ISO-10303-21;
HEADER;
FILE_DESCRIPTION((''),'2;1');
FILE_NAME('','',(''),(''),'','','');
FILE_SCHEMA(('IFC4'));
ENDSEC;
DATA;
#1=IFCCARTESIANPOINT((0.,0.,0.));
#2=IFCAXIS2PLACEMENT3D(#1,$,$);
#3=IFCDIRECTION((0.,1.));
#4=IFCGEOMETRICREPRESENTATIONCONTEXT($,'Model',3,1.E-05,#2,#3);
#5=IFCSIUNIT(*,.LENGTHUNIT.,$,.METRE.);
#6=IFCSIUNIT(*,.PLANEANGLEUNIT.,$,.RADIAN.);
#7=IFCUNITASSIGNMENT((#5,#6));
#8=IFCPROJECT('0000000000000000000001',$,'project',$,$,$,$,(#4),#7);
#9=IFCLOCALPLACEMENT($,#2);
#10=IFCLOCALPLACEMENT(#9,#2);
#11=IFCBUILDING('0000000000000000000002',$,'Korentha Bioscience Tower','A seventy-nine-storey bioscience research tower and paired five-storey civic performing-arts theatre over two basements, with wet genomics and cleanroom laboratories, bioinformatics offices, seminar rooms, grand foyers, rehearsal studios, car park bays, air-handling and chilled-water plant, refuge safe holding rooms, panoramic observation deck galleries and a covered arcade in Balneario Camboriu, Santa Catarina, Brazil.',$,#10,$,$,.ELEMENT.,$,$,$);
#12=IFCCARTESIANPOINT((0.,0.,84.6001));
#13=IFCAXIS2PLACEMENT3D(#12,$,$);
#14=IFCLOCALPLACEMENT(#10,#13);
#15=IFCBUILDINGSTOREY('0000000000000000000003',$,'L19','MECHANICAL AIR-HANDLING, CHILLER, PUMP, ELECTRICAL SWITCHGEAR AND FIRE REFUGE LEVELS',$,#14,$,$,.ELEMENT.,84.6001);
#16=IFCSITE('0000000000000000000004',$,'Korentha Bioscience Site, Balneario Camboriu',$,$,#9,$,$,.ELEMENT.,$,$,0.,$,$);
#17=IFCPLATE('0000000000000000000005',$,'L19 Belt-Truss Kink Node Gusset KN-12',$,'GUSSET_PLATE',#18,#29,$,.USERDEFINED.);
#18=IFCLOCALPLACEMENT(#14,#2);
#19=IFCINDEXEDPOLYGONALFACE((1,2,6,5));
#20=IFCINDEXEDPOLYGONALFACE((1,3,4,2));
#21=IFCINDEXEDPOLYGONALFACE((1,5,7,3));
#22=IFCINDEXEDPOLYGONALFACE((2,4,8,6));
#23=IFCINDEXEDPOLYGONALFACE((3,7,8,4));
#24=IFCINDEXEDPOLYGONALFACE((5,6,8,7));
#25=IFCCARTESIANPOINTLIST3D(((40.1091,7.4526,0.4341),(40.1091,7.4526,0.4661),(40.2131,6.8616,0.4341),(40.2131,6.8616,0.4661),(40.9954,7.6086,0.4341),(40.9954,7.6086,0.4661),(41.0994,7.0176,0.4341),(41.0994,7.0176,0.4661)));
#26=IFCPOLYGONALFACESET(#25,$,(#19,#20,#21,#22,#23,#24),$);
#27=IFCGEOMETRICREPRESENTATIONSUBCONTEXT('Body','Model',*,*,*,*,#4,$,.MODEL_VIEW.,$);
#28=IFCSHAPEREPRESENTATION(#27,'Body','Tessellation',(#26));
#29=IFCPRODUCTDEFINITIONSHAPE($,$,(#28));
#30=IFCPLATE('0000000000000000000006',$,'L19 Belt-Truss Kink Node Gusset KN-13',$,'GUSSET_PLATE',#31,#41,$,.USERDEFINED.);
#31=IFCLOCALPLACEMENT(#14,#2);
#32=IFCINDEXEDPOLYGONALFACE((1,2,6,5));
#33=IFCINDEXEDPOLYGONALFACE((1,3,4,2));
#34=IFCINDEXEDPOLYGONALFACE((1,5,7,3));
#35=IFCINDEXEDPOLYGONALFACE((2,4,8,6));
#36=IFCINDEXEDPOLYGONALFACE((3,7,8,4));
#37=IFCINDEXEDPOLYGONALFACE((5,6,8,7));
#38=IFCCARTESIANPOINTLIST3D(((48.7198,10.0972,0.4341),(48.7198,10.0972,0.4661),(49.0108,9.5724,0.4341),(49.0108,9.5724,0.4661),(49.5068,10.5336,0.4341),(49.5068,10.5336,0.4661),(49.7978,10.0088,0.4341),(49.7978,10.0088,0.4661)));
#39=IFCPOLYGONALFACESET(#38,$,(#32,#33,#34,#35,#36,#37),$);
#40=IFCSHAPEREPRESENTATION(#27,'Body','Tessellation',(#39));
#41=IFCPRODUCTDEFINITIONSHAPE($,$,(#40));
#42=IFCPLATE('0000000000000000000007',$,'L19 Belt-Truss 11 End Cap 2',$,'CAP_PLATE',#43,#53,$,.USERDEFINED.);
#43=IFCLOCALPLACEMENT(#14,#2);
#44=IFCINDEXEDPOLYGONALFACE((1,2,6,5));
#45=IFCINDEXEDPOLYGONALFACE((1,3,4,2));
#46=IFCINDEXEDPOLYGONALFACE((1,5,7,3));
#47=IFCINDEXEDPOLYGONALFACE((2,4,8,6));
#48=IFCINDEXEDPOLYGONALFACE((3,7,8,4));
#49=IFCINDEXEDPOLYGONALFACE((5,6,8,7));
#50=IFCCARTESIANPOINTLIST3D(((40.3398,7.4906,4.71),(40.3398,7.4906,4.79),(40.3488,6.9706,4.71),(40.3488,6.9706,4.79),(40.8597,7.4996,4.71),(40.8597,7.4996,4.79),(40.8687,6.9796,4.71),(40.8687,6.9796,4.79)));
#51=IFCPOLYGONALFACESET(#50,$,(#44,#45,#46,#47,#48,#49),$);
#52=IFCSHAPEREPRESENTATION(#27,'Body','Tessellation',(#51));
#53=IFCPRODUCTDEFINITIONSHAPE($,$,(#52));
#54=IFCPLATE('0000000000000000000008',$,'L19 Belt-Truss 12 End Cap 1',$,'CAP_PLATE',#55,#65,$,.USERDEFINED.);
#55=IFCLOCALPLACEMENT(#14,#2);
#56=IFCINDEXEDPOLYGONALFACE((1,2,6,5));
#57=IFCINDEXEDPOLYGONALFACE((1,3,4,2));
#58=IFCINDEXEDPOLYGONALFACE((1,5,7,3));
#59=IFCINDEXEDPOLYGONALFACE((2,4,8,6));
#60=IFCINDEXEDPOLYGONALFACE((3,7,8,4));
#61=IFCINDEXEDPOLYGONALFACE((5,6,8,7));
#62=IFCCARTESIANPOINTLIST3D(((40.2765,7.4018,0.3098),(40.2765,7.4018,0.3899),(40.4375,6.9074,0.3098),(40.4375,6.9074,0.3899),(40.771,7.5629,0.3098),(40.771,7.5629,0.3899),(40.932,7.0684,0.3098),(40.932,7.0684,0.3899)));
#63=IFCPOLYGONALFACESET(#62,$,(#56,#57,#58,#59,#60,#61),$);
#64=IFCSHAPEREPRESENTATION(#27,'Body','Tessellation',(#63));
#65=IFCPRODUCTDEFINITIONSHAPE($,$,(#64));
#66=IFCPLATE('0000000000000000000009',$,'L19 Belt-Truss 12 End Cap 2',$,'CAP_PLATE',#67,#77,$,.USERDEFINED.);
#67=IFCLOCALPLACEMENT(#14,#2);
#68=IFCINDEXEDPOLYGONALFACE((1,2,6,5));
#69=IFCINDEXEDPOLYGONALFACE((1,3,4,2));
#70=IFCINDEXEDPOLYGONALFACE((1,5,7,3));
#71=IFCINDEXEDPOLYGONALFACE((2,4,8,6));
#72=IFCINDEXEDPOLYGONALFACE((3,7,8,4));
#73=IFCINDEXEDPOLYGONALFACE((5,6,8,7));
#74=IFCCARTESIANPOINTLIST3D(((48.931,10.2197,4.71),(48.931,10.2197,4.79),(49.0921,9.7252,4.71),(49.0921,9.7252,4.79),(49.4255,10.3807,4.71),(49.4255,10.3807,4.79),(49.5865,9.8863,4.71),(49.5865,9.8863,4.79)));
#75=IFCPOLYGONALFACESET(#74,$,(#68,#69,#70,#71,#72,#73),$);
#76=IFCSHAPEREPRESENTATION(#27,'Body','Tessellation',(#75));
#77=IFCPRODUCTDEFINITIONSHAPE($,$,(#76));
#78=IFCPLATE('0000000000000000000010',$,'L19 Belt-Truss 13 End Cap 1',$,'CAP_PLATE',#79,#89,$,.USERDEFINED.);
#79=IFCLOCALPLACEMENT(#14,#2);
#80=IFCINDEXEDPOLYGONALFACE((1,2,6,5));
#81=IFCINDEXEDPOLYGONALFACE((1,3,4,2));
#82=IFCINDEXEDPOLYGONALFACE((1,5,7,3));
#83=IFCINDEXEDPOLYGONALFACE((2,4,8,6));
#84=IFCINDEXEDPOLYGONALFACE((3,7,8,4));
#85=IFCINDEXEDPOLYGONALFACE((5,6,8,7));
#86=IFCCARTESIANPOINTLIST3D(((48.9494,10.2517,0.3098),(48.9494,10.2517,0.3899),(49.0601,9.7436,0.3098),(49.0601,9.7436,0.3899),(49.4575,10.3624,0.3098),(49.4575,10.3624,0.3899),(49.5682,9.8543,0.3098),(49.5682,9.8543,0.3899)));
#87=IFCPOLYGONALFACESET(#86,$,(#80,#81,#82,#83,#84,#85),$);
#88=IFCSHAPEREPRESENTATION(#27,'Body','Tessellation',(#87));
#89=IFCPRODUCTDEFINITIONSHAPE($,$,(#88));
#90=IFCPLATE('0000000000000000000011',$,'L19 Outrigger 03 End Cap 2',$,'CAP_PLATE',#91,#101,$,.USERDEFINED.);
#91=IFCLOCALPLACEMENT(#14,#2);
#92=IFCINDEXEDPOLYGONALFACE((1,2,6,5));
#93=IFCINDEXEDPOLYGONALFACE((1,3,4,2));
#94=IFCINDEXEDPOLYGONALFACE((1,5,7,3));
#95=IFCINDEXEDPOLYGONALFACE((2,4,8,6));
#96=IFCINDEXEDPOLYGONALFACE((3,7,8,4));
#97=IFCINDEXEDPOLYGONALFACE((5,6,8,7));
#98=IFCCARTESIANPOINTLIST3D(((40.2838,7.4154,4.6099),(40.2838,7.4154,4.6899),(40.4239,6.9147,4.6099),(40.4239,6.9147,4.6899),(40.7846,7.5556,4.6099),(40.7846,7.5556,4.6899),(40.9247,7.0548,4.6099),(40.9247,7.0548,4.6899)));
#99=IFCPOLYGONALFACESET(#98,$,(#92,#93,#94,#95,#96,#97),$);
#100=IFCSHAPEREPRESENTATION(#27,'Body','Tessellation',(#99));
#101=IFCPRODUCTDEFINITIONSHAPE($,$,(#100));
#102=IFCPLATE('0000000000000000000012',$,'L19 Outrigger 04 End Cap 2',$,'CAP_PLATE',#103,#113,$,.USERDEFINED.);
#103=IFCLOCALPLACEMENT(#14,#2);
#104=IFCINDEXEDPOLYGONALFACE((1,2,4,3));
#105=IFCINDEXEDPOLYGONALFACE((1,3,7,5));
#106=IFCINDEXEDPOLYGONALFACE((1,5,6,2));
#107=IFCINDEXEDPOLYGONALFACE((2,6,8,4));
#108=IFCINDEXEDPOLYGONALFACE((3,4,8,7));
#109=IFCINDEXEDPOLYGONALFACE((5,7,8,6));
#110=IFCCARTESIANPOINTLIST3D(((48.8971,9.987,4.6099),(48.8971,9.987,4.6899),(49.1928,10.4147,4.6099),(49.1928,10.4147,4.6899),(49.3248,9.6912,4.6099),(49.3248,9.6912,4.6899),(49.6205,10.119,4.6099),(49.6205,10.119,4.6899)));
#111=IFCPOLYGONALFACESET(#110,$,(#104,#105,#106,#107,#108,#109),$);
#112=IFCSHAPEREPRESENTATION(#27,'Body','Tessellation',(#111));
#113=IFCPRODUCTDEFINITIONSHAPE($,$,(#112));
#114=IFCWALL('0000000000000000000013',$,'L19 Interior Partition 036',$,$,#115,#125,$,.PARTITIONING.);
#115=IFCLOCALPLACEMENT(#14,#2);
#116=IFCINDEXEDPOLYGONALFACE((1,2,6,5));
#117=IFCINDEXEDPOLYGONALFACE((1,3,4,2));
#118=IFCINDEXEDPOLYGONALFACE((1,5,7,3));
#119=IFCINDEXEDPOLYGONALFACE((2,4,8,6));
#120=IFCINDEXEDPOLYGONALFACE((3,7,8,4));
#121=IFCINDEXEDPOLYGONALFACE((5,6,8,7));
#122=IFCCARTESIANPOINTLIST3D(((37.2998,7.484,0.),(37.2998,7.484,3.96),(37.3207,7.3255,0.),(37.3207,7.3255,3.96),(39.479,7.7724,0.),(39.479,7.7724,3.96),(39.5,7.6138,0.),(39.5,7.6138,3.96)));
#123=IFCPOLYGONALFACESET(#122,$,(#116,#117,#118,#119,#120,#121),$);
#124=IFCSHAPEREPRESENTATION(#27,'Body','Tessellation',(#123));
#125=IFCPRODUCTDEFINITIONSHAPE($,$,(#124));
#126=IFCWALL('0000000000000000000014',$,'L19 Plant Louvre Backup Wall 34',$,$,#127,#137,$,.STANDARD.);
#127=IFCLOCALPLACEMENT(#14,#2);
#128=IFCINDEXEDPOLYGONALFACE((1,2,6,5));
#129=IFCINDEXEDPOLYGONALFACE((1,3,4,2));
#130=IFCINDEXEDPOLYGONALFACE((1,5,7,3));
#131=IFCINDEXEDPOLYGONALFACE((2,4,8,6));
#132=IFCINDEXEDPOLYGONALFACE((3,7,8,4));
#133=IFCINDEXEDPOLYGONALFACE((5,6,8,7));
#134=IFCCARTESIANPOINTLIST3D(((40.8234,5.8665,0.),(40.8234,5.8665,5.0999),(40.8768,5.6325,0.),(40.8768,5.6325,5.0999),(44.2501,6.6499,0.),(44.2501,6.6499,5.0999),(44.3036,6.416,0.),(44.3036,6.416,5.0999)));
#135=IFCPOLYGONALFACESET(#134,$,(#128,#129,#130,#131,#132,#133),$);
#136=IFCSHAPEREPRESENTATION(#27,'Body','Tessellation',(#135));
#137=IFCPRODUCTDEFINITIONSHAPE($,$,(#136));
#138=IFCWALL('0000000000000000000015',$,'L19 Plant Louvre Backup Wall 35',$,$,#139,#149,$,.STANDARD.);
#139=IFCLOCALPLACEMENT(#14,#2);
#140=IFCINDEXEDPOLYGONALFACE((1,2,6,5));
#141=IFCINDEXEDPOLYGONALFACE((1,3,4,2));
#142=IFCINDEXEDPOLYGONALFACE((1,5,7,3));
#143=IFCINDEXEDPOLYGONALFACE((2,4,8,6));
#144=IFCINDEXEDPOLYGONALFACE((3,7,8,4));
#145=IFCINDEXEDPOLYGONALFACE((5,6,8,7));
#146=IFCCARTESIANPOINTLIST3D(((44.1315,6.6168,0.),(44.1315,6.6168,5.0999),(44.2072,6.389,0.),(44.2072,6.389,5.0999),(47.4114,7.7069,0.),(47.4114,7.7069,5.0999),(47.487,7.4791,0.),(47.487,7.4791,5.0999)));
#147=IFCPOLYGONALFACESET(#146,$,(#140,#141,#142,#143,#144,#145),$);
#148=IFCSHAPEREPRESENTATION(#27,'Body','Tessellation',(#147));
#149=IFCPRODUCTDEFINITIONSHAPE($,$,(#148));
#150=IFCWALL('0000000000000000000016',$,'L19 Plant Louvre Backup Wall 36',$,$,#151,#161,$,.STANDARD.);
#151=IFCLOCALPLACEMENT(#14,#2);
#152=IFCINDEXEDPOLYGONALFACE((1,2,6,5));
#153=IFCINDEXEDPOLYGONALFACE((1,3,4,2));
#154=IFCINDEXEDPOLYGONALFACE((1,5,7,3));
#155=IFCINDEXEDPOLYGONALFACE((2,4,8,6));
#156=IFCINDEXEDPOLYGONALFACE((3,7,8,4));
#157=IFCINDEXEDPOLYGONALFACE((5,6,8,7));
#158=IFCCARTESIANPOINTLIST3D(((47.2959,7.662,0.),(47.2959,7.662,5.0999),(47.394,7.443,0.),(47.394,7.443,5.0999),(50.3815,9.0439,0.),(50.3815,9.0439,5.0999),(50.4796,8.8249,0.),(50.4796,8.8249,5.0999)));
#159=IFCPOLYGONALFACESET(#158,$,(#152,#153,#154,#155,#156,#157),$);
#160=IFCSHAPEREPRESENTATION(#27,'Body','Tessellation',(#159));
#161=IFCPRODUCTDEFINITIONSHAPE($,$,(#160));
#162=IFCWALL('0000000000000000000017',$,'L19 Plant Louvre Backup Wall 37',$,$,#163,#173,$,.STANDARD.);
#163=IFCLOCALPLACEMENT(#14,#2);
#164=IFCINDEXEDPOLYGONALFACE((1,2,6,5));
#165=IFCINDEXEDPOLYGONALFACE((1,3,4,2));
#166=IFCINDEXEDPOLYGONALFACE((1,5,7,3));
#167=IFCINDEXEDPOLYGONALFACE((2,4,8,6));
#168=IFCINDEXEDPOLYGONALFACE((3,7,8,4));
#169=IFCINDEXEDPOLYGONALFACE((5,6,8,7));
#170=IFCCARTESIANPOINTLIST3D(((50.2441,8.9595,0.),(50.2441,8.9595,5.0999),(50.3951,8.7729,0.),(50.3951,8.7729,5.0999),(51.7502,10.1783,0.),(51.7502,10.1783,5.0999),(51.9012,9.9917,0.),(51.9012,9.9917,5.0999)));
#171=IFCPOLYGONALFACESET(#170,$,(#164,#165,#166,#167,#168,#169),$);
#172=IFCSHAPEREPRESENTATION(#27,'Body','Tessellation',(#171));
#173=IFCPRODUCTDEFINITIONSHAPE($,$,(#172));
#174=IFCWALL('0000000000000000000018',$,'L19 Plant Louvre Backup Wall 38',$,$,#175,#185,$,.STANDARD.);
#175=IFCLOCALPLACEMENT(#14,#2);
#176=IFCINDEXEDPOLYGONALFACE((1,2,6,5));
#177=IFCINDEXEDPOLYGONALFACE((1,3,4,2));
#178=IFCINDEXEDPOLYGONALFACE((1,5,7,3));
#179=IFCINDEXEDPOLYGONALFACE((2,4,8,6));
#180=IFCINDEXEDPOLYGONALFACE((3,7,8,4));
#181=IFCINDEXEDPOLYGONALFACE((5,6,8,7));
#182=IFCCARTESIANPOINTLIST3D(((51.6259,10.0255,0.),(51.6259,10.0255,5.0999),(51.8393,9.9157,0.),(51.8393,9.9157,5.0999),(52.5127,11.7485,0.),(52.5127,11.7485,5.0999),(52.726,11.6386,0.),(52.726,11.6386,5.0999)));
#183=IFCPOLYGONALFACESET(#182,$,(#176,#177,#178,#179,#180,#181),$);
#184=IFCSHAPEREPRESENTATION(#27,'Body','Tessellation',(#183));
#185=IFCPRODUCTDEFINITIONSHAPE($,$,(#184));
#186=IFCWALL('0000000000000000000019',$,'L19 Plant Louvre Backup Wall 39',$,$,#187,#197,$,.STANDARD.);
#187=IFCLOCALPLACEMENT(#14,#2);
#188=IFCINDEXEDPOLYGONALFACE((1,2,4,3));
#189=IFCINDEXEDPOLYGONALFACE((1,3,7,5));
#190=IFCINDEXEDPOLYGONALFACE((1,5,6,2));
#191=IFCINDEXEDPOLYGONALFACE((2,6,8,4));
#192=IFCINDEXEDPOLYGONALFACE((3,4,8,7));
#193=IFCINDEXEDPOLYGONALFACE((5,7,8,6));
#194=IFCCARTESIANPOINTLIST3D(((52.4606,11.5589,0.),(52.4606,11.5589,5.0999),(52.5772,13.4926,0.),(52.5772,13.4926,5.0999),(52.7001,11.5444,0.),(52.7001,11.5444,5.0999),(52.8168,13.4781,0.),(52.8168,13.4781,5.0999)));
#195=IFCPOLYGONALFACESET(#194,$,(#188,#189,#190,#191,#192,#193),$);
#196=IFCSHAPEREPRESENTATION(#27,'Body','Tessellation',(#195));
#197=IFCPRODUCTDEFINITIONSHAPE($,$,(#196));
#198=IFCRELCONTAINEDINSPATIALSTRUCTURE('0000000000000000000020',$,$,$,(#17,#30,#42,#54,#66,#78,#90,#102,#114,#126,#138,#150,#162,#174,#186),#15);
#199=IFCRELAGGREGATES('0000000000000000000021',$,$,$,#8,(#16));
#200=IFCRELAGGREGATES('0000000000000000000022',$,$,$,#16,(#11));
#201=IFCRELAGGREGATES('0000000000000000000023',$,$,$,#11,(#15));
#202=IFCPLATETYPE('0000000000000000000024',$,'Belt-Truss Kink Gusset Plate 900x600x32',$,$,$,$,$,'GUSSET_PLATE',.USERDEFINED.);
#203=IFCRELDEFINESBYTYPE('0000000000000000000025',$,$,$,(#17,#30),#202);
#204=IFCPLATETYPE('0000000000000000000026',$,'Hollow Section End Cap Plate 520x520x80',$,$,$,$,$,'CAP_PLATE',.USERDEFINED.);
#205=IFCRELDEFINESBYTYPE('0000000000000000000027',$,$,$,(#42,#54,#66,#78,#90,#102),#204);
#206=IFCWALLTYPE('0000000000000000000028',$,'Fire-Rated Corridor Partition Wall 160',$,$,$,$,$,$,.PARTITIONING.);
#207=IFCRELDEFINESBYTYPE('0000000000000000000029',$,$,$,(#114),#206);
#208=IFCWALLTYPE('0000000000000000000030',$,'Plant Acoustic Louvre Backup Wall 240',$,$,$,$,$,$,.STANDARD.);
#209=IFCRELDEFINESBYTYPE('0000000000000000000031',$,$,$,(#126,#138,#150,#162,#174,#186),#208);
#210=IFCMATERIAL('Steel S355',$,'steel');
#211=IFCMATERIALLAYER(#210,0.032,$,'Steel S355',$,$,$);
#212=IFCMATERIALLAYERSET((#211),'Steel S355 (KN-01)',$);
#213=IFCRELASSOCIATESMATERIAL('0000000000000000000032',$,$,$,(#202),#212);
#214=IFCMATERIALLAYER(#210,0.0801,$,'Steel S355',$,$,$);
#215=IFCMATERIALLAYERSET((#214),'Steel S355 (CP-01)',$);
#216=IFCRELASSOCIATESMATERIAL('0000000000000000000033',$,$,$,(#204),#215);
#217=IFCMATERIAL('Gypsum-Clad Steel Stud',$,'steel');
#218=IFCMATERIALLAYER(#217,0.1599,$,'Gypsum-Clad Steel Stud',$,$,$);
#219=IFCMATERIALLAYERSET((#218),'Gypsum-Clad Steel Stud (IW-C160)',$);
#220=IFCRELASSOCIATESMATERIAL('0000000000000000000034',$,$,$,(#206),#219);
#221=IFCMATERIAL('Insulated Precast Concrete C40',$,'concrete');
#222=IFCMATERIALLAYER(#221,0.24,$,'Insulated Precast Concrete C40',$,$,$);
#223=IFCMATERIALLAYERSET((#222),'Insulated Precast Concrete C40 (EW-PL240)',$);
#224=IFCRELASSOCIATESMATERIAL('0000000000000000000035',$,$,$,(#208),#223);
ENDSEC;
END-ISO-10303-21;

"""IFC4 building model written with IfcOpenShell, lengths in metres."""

from ifc_helpers import new_model, si_unit, direction, frame, frame_2d, origin, origin_2d, place, context, subcontext, project, spatial, rectangle, extrude, material, layer, layer_set, type_object, element, save


model = new_model("IFC4")

# Units and contexts
model_context = context("Model", 3, precision=1e-05, world=origin(), true_north=direction((0.0, 1.0)))
body_context = subcontext(model_context, "Body", "Model", "MODEL_VIEW")
ifc_project = project(units=[si_unit("LENGTHUNIT", "METRE"), si_unit("PLANEANGLEUNIT", "RADIAN")], contexts=[model_context])

# Site, building, storey
site_placement = place(None, origin())
site = spatial("IfcSite", under=ifc_project, at=site_placement, Name="Korentha Bioscience Site, Balneario Camboriu", CompositionType="ELEMENT", RefElevation=0.0)
building_placement = place(site_placement, origin())
building = spatial("IfcBuilding", under=site, at=building_placement, Name="Korentha Bioscience Tower", Description="A seventy-nine-storey bioscience research tower and paired five-storey civic performing-arts theatre over two basements, with wet genomics and cleanroom laboratories, bioinformatics offices, seminar rooms, grand foyers, rehearsal studios, car park bays, air-handling and chilled-water plant, refuge safe holding rooms, panoramic observation deck galleries and a covered arcade in Balneario Camboriu, Santa Catarina, Brazil.", CompositionType="ELEMENT")
storey_placement = place(building_placement, frame((0.0, 0.0, 84.6001)))
storey = spatial("IfcBuildingStorey", under=building, at=storey_placement, Name="L19", Description="MECHANICAL AIR-HANDLING, CHILLER, PUMP, ELECTRICAL SWITCHGEAR AND FIRE REFUGE LEVELS", CompositionType="ELEMENT", Elevation=84.6001)

# Shared definitions
ifc_material_1 = material(Name="Steel S355", Category="steel")

# Plates
ifc_layer_1 = layer(ifc_material_1, 0.032, Name="Steel S355")
ifc_layer_set_1 = layer_set([ifc_layer_1], Name="Steel S355 (KN-01)")
plate_type_1 = type_object("IfcPlateType", Name="Belt-Truss Kink Gusset Plate 900x600x32", ElementType="GUSSET_PLATE", PredefinedType="USERDEFINED", material=ifc_layer_set_1)
for number, where, z_axis, x_axis, name in (
    (1, (40.6042, 7.2351, 0.4341), (0.0, 0.0, 1.0), (0.984868, 0.173304, 0.0), "L19 Belt-Truss Kink Node Gusset KN-12"),
    (2, (49.2588, 10.053, 0.4341), (0.0, 0.0, 1.0), (0.874535, 0.484962, 0.0), "L19 Belt-Truss Kink Node Gusset KN-13"),
):
    element("IfcPlate", number, at=place(storey_placement, frame(where, z_axis=z_axis, x_axis=x_axis)), inside=storey, type_object=plate_type_1, Name=name, ObjectType="GUSSET_PLATE", PredefinedType="USERDEFINED", context=body_context, shape_type="SweptSolid", body=[
        extrude(rectangle(XDim=0.8999, YDim=0.6001, at=origin_2d()), origin(), (0.0, 0.0, 1.0), 0.032),
    ])
ifc_layer_2 = layer(ifc_material_1, 0.0801, Name="Steel S355")
ifc_layer_set_2 = layer_set([ifc_layer_2], Name="Steel S355 (CP-01)")
plate_type_2 = type_object("IfcPlateType", Name="Hollow Section End Cap Plate 520x520x80", ElementType="CAP_PLATE", PredefinedType="USERDEFINED", material=ifc_layer_set_2)
for number, where, z_axis, x_axis, name in (
    (3, (40.6042, 7.2351, 4.71), (0.0, 0.0, 1.0), (0.999851, 0.017278, 0.0), "L19 Belt-Truss 11 End Cap 2"),
    (4, (40.6042, 7.2351, 0.3098), (0.0, 0.0, 1.0), (0.950841, 0.309681, 0.0), "L19 Belt-Truss 12 End Cap 1"),
    (5, (49.2588, 10.053, 4.71), (0.0, 0.0, 1.0), (0.950841, 0.309681, 0.0), "L19 Belt-Truss 12 End Cap 2"),
    (6, (49.2588, 10.053, 0.3098), (0.0, 0.0, 1.0), (-0.21286, 0.977083, 0.0), "L19 Belt-Truss 13 End Cap 1"),
    (7, (40.6042, 7.2351, 4.6099), (0.0, 0.0, 1.0), (-0.269424, 0.963022, 0.0), "L19 Outrigger 03 End Cap 2"),
    (8, (49.2588, 10.053, 4.6099), (0.0, 0.0, 1.0), (-0.822541, 0.568705, 0.0), "L19 Outrigger 04 End Cap 2"),
):
    element("IfcPlate", number, at=place(storey_placement, frame(where, z_axis=z_axis, x_axis=x_axis)), inside=storey, type_object=plate_type_2, Name=name, ObjectType="CAP_PLATE", PredefinedType="USERDEFINED", context=body_context, shape_type="SweptSolid", body=[
        extrude(rectangle(XDim=0.52, YDim=0.52, at=origin_2d()), origin(), (0.0, 0.0, 1.0), 0.0801),
    ])

# Walls
ifc_material_2 = material(Name="Gypsum-Clad Steel Stud", Category="steel")
ifc_layer_3 = layer(ifc_material_2, 0.1599, Name="Gypsum-Clad Steel Stud")
ifc_layer_set_3 = layer_set([ifc_layer_3], Name="Gypsum-Clad Steel Stud (IW-C160)")
wall_type_1 = type_object("IfcWallType", Name="Fire-Rated Corridor Partition Wall 160", PredefinedType="PARTITIONING", material=ifc_layer_set_3)
wall_1_placement = place(storey_placement, frame((39.4895, 7.6931, 0.0), z_axis=(0.0, 0.0, 1.0), x_axis=(-0.99136, -0.131167, 0.0)))
element("IfcWall", 9, at=wall_1_placement, inside=storey, type_object=wall_type_1, Name="L19 Interior Partition 036", PredefinedType="PARTITIONING", context=body_context, shape_type="SweptSolid", body=[
    extrude(rectangle(XDim=2.1982, YDim=0.1599, at=frame_2d((1.0991, 0.0))), origin(), (0.0, 0.0, 1.0), 3.96),
])
ifc_material_3 = material(Name="Insulated Precast Concrete C40", Category="concrete")
ifc_layer_4 = layer(ifc_material_3, 0.24, Name="Insulated Precast Concrete C40")
ifc_layer_set_4 = layer_set([ifc_layer_4], Name="Insulated Precast Concrete C40 (EW-PL240)")
wall_type_2 = type_object("IfcWallType", Name="Plant Acoustic Louvre Backup Wall 240", PredefinedType="STANDARD", material=ifc_layer_set_4)
wall_2_placement = place(storey_placement, frame((40.8501, 5.7495, 0.0), z_axis=(0.0, 0.0, 1.0), x_axis=(0.974847, 0.222876, 0.0)))
element("IfcWall", 10, at=wall_2_placement, inside=storey, type_object=wall_type_2, Name="L19 Plant Louvre Backup Wall 34", PredefinedType="STANDARD", context=body_context, shape_type="SweptSolid", body=[
    extrude(rectangle(XDim=3.5151, YDim=0.24, at=frame_2d((1.7576, 0.0))), origin(), (0.0, 0.0, 1.0), 5.0999),
])
wall_3_placement = place(storey_placement, frame((44.1694, 6.5029, 0.0), z_axis=(0.0, 0.0, 1.0), x_axis=(0.948958, 0.315401, 0.0)))
element("IfcWall", 11, at=wall_3_placement, inside=storey, type_object=wall_type_2, Name="L19 Plant Louvre Backup Wall 35", PredefinedType="STANDARD", context=body_context, shape_type="SweptSolid", body=[
    extrude(rectangle(XDim=3.4563, YDim=0.24, at=frame_2d((1.728, 0.0))), origin(), (0.0, 0.0, 1.0), 5.0999),
])
wall_4_placement = place(storey_placement, frame((47.345, 7.5525, 0.0), z_axis=(0.0, 0.0, 1.0), x_axis=(0.912652, 0.408737, 0.0)))
element("IfcWall", 12, at=wall_4_placement, inside=storey, type_object=wall_type_2, Name="L19 Plant Louvre Backup Wall 36", PredefinedType="STANDARD", context=body_context, shape_type="SweptSolid", body=[
    extrude(rectangle(XDim=3.3809, YDim=0.24, at=frame_2d((1.6904, 0.0))), origin(), (0.0, 0.0, 1.0), 5.0999),
])
wall_5_placement = place(storey_placement, frame((50.3196, 8.8662, 0.0), z_axis=(0.0, 0.0, 1.0), x_axis=(0.777365, 0.62905, 0.0)))
element("IfcWall", 13, at=wall_5_placement, inside=storey, type_object=wall_type_2, Name="L19 Plant Louvre Backup Wall 37", PredefinedType="STANDARD", context=body_context, shape_type="SweptSolid", body=[
    extrude(rectangle(XDim=1.9375, YDim=0.24, at=frame_2d((0.9688, 0.0))), origin(), (0.0, 0.0, 1.0), 5.0999),
])
wall_6_placement = place(storey_placement, frame((51.7327, 9.9707, 0.0), z_axis=(0.0, 0.0, 1.0), x_axis=(0.457616, 0.88915, 0.0)))
element("IfcWall", 14, at=wall_6_placement, inside=storey, type_object=wall_type_2, Name="L19 Plant Louvre Backup Wall 38", PredefinedType="STANDARD", context=body_context, shape_type="SweptSolid", body=[
    extrude(rectangle(XDim=1.9377, YDim=0.24, at=frame_2d((0.9688, 0.0))), origin(), (0.0, 0.0, 1.0), 5.0999),
])
wall_7_placement = place(storey_placement, frame((52.5803, 11.5515, 0.0), z_axis=(0.0, 0.0, 1.0), x_axis=(0.060236, 0.998184, 0.0)))
element("IfcWall", 15, at=wall_7_placement, inside=storey, type_object=wall_type_2, Name="L19 Plant Louvre Backup Wall 39", PredefinedType="STANDARD", context=body_context, shape_type="SweptSolid", body=[
    extrude(rectangle(XDim=1.9373, YDim=0.24, at=frame_2d((0.9688, 0.0))), origin(), (0.0, 0.0, 1.0), 5.0999),
])

save(model, "model.ifc")
